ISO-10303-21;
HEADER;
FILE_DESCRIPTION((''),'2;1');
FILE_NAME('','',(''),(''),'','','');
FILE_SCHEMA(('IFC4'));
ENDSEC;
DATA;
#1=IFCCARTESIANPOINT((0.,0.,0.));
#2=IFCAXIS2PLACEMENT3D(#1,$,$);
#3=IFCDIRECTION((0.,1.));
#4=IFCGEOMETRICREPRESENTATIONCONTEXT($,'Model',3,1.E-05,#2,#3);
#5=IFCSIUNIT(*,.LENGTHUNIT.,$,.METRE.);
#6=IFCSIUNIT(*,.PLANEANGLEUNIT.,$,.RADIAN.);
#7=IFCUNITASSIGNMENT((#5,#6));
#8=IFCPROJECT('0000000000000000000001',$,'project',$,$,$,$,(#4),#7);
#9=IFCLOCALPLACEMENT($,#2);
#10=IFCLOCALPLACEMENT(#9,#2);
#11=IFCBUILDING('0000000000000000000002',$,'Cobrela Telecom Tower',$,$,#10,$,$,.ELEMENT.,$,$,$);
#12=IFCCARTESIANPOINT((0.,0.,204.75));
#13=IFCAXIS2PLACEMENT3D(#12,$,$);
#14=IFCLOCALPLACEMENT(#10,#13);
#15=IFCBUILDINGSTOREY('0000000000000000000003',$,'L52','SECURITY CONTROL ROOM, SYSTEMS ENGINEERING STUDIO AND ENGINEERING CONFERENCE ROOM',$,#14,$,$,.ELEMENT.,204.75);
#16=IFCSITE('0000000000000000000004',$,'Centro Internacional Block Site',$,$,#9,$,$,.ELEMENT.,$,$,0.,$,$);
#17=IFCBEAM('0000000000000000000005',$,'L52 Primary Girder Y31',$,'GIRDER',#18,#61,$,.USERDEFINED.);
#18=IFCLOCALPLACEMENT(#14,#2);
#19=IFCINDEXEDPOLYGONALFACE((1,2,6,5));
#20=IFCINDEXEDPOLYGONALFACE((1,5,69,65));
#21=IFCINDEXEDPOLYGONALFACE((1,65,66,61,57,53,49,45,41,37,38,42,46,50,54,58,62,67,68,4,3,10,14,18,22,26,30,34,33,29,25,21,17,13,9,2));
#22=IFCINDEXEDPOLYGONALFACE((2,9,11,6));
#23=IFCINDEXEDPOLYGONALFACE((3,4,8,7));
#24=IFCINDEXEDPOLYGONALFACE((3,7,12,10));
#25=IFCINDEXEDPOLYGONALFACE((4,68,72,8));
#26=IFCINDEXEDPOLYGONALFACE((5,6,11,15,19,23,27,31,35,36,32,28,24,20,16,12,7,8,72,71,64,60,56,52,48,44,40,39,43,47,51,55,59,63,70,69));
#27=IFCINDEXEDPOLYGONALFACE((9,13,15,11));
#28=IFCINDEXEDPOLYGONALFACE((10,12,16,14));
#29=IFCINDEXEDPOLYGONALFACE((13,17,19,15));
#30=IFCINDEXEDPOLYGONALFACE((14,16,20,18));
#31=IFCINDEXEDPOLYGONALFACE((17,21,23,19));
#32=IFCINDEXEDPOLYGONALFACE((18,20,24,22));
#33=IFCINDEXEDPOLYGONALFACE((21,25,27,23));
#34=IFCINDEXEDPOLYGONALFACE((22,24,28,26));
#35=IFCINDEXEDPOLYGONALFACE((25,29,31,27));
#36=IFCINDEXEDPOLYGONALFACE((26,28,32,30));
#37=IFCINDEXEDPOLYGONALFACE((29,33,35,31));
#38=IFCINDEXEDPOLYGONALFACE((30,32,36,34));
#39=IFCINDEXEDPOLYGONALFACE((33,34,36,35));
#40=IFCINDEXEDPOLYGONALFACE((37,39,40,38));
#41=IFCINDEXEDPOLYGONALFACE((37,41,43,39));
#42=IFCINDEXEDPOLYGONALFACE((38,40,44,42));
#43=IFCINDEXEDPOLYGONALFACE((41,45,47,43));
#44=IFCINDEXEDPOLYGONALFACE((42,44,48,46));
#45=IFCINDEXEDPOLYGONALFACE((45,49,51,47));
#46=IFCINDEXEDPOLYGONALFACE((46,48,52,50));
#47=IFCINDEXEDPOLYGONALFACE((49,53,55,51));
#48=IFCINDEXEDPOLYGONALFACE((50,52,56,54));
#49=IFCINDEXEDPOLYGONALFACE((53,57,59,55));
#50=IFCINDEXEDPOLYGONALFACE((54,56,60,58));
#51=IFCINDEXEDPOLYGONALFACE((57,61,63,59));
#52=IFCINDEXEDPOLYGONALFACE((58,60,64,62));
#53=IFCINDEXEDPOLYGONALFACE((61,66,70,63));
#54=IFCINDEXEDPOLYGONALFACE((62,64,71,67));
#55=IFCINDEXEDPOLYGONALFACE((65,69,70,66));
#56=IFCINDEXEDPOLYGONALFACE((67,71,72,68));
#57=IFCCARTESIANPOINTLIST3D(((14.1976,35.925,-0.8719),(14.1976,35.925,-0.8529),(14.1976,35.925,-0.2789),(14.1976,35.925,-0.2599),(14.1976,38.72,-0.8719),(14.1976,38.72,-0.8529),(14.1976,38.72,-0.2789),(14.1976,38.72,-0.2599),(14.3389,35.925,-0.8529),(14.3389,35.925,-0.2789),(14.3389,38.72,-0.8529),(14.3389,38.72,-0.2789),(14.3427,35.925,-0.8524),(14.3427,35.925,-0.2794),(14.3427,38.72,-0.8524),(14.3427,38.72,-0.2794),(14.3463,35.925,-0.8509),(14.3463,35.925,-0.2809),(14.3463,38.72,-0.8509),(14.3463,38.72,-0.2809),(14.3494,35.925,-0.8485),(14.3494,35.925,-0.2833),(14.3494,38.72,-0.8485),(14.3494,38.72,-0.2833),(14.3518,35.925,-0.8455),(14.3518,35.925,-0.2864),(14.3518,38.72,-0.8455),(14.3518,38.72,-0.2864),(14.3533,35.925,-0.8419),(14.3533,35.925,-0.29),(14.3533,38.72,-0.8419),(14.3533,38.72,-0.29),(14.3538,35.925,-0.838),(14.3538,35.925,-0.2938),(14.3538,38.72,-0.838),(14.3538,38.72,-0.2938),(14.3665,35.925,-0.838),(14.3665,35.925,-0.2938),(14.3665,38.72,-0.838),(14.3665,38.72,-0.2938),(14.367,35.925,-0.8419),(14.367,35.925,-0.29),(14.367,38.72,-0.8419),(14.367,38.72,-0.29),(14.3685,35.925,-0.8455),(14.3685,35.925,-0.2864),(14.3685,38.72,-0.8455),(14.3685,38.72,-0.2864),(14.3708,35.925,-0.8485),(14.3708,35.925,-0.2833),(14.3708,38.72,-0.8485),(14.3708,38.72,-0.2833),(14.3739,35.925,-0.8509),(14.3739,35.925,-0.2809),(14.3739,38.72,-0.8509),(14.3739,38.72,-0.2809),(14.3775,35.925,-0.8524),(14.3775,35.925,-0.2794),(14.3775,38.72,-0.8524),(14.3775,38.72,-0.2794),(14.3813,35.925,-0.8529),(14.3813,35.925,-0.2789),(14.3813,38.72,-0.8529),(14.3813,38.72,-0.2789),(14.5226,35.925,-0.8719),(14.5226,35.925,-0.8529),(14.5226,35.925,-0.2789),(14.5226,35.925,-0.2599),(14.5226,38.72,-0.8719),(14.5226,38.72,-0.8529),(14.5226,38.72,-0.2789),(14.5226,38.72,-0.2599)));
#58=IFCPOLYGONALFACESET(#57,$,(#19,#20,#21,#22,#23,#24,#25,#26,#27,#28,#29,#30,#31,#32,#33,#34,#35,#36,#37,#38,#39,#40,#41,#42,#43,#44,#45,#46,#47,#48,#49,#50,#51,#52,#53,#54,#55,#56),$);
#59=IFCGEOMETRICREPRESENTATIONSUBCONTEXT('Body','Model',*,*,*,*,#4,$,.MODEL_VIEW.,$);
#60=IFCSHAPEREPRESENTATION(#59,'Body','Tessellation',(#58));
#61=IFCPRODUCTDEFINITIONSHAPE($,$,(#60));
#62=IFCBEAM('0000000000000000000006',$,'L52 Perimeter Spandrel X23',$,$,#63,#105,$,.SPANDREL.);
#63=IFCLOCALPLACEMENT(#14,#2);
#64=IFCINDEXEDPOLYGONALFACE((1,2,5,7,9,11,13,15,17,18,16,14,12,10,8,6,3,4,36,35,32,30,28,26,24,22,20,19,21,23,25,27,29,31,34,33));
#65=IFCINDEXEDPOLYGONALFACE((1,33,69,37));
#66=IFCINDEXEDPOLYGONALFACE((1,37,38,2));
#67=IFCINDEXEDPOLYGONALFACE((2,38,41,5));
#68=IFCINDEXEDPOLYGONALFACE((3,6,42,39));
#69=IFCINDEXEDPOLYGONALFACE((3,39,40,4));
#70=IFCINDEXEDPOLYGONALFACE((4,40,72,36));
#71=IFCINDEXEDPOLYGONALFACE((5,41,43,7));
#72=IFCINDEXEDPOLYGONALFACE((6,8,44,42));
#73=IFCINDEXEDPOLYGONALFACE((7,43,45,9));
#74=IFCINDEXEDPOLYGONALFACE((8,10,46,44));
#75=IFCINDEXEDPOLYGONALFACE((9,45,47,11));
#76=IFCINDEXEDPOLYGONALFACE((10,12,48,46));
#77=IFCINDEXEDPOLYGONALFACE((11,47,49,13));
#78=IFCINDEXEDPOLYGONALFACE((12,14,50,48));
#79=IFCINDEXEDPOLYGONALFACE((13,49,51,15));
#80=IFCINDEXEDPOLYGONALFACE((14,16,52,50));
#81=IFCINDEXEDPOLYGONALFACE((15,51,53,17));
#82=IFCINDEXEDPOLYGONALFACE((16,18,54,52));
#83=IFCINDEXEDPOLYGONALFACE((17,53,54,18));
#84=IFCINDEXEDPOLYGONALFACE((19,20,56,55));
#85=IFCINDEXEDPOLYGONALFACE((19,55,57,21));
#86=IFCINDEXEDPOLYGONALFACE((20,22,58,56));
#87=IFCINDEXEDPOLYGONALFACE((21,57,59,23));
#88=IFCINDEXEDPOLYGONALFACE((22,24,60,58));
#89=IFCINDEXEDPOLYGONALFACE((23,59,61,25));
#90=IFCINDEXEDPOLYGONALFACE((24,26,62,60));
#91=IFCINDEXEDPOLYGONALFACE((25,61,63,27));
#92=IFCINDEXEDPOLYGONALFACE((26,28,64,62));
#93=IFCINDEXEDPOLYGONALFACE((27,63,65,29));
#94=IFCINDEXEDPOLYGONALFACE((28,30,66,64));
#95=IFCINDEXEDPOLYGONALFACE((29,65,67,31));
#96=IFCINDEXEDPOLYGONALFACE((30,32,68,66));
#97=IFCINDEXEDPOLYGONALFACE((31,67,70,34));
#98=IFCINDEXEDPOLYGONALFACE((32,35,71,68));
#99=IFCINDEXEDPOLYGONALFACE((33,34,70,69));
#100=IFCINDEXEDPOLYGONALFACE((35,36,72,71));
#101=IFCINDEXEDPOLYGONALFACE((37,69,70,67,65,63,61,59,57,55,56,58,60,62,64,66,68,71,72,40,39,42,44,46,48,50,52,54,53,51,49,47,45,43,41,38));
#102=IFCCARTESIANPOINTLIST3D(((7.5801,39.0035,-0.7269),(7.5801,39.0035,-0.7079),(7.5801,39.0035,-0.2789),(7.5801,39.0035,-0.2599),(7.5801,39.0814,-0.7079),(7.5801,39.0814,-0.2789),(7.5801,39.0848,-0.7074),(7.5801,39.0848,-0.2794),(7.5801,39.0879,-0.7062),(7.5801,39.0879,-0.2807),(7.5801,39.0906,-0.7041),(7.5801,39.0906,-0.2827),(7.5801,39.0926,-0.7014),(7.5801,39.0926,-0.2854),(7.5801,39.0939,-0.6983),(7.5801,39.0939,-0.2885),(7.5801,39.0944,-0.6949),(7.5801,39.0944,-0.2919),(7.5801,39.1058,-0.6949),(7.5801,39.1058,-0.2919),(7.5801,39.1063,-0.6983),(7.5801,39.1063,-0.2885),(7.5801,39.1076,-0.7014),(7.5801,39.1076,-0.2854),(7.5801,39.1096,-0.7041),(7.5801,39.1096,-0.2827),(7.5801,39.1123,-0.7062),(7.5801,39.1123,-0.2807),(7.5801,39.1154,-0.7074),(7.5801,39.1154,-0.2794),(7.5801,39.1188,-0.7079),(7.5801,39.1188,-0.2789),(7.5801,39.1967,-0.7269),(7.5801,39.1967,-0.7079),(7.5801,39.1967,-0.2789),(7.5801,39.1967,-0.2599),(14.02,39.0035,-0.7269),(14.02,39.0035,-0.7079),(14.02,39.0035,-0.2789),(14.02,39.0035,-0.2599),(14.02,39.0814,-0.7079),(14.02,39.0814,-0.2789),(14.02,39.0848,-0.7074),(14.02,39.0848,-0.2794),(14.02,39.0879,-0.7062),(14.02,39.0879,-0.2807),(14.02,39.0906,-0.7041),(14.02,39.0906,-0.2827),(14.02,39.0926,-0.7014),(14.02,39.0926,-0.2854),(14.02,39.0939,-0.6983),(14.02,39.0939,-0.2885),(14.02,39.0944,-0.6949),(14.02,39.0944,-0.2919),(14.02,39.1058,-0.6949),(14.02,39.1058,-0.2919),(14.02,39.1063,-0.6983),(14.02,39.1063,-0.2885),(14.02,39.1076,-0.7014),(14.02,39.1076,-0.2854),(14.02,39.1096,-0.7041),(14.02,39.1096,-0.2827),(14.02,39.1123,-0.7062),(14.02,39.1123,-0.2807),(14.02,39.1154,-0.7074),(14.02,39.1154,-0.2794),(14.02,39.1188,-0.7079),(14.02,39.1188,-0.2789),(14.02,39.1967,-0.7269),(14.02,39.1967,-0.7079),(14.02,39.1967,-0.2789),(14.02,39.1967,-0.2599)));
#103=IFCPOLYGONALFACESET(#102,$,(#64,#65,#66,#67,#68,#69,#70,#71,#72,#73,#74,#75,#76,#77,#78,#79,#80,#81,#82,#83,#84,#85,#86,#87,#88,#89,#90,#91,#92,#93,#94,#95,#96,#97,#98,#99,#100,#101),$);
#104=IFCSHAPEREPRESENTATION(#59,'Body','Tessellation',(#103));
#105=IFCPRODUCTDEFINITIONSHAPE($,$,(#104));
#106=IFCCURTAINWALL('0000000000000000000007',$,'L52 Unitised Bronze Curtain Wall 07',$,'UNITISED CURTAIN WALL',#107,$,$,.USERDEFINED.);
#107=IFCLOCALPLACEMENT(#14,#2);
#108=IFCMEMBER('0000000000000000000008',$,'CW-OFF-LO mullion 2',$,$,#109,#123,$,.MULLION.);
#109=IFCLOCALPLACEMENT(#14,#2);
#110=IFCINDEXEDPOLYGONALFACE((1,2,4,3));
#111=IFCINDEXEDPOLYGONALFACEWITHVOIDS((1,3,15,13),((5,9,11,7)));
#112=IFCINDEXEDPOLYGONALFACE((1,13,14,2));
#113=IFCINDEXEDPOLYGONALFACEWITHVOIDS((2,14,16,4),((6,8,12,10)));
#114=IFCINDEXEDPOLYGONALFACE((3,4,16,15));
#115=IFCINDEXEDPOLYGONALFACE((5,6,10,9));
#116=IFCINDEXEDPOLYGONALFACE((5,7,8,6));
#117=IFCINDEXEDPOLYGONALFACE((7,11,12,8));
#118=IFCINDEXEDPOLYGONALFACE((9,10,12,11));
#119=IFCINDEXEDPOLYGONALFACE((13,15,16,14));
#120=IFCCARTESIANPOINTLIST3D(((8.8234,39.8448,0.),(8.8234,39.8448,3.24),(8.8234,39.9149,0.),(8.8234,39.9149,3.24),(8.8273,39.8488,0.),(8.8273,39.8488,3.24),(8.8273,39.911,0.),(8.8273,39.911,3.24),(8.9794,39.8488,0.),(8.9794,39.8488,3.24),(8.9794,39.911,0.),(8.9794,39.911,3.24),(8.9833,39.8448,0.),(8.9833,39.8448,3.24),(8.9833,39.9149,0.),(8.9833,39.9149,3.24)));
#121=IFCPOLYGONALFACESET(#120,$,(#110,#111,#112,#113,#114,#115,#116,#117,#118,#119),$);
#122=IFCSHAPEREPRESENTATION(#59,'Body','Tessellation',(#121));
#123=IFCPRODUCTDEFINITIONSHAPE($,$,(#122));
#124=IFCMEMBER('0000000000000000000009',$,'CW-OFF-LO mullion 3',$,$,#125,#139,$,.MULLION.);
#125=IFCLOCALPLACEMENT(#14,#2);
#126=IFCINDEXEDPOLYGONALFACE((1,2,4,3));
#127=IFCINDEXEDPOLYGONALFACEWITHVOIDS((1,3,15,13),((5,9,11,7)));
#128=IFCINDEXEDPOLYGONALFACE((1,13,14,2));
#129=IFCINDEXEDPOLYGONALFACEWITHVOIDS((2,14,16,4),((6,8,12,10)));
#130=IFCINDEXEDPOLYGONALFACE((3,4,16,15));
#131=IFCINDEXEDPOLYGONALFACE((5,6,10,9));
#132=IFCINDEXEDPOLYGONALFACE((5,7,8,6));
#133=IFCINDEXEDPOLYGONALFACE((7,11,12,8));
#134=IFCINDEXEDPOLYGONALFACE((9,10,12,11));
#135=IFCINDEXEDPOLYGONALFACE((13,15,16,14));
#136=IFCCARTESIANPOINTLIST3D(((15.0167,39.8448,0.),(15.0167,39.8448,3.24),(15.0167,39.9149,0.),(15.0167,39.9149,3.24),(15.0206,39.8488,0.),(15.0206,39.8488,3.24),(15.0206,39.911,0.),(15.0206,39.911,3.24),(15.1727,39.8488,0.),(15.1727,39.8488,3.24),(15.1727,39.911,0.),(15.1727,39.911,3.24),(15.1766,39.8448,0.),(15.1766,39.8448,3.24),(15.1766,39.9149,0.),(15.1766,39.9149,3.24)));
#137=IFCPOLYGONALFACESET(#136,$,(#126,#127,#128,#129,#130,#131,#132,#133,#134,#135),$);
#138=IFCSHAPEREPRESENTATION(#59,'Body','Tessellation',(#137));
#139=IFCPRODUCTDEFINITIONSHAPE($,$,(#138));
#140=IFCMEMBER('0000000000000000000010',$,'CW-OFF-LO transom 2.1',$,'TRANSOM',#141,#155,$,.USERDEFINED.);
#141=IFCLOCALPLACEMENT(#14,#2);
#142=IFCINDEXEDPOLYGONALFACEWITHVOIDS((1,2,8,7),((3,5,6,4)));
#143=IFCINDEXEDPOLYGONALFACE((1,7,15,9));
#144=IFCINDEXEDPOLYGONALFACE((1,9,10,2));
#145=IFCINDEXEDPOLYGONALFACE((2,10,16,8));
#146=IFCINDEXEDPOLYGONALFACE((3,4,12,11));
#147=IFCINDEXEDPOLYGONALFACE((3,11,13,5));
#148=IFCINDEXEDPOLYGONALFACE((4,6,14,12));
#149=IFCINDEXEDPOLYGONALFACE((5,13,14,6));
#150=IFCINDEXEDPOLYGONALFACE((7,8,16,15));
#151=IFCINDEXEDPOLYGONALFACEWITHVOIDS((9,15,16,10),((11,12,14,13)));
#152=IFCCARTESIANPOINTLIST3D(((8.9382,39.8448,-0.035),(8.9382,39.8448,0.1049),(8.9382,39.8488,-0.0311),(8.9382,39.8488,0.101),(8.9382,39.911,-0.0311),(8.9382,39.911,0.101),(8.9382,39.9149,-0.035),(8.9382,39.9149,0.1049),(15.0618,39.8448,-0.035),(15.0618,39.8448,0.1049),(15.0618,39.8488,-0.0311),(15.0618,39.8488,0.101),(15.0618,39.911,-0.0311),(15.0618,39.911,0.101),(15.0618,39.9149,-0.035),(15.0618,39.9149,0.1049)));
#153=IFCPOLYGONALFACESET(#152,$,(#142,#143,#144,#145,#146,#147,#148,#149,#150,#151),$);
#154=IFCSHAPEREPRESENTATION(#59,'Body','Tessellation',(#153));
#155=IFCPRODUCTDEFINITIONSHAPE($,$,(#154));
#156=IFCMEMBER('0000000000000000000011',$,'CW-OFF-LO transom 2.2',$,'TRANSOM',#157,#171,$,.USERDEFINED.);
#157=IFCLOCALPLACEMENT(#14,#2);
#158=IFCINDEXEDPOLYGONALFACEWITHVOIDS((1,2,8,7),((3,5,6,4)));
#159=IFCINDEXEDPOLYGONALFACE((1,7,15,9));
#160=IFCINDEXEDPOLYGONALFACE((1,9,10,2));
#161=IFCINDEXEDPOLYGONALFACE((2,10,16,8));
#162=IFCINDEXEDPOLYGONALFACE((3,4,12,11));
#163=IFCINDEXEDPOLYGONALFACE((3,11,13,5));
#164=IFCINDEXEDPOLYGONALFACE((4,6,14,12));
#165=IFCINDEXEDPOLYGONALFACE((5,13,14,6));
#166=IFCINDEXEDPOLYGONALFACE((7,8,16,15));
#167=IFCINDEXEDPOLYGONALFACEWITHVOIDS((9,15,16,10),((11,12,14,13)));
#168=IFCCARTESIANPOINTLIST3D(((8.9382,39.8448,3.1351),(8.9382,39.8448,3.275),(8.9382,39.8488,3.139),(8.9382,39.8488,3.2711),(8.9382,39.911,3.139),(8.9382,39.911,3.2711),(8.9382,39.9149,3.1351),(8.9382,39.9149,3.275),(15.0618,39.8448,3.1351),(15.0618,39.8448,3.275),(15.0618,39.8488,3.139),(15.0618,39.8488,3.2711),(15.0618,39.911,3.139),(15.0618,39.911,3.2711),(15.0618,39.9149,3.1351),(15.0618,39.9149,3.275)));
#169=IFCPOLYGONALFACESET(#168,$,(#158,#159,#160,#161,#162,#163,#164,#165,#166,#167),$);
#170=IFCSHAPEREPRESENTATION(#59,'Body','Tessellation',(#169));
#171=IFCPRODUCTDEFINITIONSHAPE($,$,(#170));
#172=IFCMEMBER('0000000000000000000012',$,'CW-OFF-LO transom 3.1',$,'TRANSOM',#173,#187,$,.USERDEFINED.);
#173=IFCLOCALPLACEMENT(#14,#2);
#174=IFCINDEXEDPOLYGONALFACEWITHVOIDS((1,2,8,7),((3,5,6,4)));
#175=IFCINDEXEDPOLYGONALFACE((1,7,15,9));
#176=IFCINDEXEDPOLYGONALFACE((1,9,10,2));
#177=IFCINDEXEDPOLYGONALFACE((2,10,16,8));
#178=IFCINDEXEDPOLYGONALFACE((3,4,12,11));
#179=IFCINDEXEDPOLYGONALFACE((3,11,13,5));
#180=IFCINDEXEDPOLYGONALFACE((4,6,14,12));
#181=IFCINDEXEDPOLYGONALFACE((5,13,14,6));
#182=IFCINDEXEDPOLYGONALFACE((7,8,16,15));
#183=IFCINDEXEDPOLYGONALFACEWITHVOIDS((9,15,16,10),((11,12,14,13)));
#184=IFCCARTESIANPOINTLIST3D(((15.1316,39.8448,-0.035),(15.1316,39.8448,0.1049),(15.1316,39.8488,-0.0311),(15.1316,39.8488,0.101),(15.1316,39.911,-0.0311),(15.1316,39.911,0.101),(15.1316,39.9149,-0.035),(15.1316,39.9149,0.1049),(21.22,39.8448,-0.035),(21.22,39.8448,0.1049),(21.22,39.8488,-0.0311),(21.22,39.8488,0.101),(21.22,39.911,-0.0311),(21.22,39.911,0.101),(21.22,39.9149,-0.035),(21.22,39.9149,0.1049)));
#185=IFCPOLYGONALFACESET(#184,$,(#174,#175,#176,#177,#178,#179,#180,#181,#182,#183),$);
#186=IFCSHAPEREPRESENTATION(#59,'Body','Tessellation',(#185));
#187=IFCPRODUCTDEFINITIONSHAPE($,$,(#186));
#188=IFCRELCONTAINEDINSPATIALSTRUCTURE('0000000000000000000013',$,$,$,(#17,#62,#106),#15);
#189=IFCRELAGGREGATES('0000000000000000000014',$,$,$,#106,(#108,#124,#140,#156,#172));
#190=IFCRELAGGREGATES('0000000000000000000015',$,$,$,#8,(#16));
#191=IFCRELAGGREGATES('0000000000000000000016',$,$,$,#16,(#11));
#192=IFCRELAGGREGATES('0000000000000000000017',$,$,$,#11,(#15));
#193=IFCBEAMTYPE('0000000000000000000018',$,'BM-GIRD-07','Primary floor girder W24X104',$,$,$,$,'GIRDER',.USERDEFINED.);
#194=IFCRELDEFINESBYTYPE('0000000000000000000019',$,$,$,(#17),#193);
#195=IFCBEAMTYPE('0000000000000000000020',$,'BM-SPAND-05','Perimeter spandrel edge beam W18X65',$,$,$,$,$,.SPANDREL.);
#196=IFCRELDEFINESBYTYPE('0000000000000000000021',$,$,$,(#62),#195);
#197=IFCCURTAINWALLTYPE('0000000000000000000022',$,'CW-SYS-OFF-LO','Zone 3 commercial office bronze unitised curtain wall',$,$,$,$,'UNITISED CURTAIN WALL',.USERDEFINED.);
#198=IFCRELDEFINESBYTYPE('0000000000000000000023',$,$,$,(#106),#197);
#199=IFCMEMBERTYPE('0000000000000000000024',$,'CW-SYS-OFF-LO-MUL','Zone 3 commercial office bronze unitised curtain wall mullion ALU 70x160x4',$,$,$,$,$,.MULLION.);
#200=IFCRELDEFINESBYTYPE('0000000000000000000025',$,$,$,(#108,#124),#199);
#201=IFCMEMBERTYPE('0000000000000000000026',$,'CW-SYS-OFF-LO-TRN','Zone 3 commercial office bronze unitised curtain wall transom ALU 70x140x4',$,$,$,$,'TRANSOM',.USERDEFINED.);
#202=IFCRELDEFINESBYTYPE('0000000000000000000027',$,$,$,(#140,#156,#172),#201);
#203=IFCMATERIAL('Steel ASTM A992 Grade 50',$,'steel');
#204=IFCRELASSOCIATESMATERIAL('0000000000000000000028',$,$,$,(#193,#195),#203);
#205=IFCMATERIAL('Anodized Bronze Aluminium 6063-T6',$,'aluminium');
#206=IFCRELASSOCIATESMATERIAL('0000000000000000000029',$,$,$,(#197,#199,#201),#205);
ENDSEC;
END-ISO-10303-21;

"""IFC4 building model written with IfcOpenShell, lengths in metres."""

from ifc_helpers import new_model, si_unit, direction, frame, origin, origin_2d, place, context, subcontext, project, spatial, hollow_rectangle, i_section, extrude, material, material_profile, profile_set, type_object, element, aggregate, save


model = new_model("IFC4")

# Units and contexts
model_context = context("Model", 3, precision=1e-05, world=origin(), true_north=direction((0.0, 1.0)))
body_context = subcontext(model_context, "Body", "Model", "MODEL_VIEW")
ifc_project = project(units=[si_unit("LENGTHUNIT", "METRE"), si_unit("PLANEANGLEUNIT", "RADIAN")], contexts=[model_context])

# Site, building, storey
site_placement = place(None, origin())
site = spatial("IfcSite", under=ifc_project, at=site_placement, Name="Centro Internacional Block Site", CompositionType="ELEMENT", RefElevation=0.0)
building_placement = place(site_placement, origin())
building = spatial("IfcBuilding", under=site, at=building_placement, Name="Cobrela Telecom Tower", CompositionType="ELEMENT")
storey_placement = place(building_placement, frame((0.0, 0.0, 204.75)))
storey = spatial("IfcBuildingStorey", under=building, at=storey_placement, Name="L52", Description="SECURITY CONTROL ROOM, SYSTEMS ENGINEERING STUDIO AND ENGINEERING CONFERENCE ROOM", CompositionType="ELEMENT", Elevation=204.75)

# Beams
ifc_material_1 = material(Name="Steel ASTM A992 Grade 50", Category="steel")
ifc_material_profile_1 = material_profile(ifc_material_1, i_section(OverallWidth=0.325, OverallDepth=0.6121, WebThickness=0.0127, FlangeThickness=0.019, FilletRadius=0.0149, at=origin_2d()), Name="W24X104")
ifc_profile_set_1 = profile_set([ifc_material_profile_1], Name="Steel ASTM A992 Grade 50")
beam_type_1 = type_object("IfcBeamType", Name="BM-GIRD-07", Description="Primary floor girder W24X104", ElementType="GIRDER", PredefinedType="USERDEFINED", material=ifc_profile_set_1)
for number, where, z_axis, x_axis, name in (
    (1, (14.3601, 35.925, -0.5659), (0.0, 1.0, 0.0), (-1.0, 0.0, 0.0), "L52 Primary Girder Y31"),
):
    element("IfcBeam", number, at=place(storey_placement, frame(where, z_axis=z_axis, x_axis=x_axis)), inside=storey, type_object=beam_type_1, Name=name, ObjectType="GIRDER", PredefinedType="USERDEFINED", context=body_context, shape_type="SweptSolid", body=[
        extrude(i_section(OverallWidth=0.325, OverallDepth=0.6121, WebThickness=0.0127, FlangeThickness=0.019, FilletRadius=0.0149, at=origin_2d()), origin(), (0.0, 0.0, 1.0), 2.7949),
    ])
ifc_material_profile_2 = material_profile(ifc_material_1, i_section(OverallWidth=0.1931, OverallDepth=0.467, WebThickness=0.0115, FlangeThickness=0.019, FilletRadius=0.0129, at=origin_2d()), Name="W18X65")
ifc_profile_set_2 = profile_set([ifc_material_profile_2], Name="Steel ASTM A992 Grade 50")
beam_type_2 = type_object("IfcBeamType", Name="BM-SPAND-05", Description="Perimeter spandrel edge beam W18X65", PredefinedType="SPANDREL", material=ifc_profile_set_2)
beam_1_placement = place(storey_placement, frame((7.5801, 39.1001, -0.4934), z_axis=(1.0, 0.0, 0.0), x_axis=(0.0, 1.0, 0.0)))
element("IfcBeam", 2, at=beam_1_placement, inside=storey, type_object=beam_type_2, Name="L52 Perimeter Spandrel X23", PredefinedType="SPANDREL", context=body_context, shape_type="SweptSolid", body=[
    extrude(i_section(OverallWidth=0.1931, OverallDepth=0.467, WebThickness=0.0115, FlangeThickness=0.019, FilletRadius=0.0129, at=origin_2d()), origin(), (0.0, 0.0, 1.0), 6.4399),
])

# Curtain wall, members
ifc_material_2 = material(Name="Anodized Bronze Aluminium 6063-T6", Category="aluminium")
curtain_wall_type = type_object("IfcCurtainWallType", Name="CW-SYS-OFF-LO", Description="Zone 3 commercial office bronze unitised curtain wall", ElementType="UNITISED CURTAIN WALL", PredefinedType="USERDEFINED", material=ifc_material_2)
curtain_wall_placement = place(storey_placement, origin())
curtain_wall = element("IfcCurtainWall", 3, at=curtain_wall_placement, inside=storey, type_object=curtain_wall_type, Name="L52 Unitised Bronze Curtain Wall 07", ObjectType="UNITISED CURTAIN WALL", PredefinedType="USERDEFINED")
ifc_material_profile_3 = material_profile(ifc_material_2, hollow_rectangle(XDim=0.0701, YDim=0.1599, WallThickness=0.0039, at=origin_2d()), Name="ALU 70x160x4")
ifc_profile_set_3 = profile_set([ifc_material_profile_3], Name="Anodized Bronze Aluminium 6063-T6")
member_type_1 = type_object("IfcMemberType", Name="CW-SYS-OFF-LO-MUL", Description="Zone 3 commercial office bronze unitised curtain wall mullion ALU 70x160x4", PredefinedType="MULLION", material=ifc_profile_set_3)
member_1_placement = place(storey_placement, frame((8.9033, 39.8799, 0.0), z_axis=(0.0, 0.0, 1.0), x_axis=(0.0, 1.0, 0.0)))
member_1 = element("IfcMember", 4, at=member_1_placement, type_object=member_type_1, Name="CW-OFF-LO mullion 2", PredefinedType="MULLION", context=body_context, shape_type="SweptSolid", body=[
    extrude(hollow_rectangle(XDim=0.0701, YDim=0.1599, WallThickness=0.0039, at=origin_2d()), origin(), (0.0, 0.0, 1.0), 3.24),
])
member_2_placement = place(storey_placement, frame((15.0967, 39.8799, 0.0), z_axis=(0.0, 0.0, 1.0), x_axis=(0.0, 1.0, 0.0)))
member_2 = element("IfcMember", 5, at=member_2_placement, type_object=member_type_1, Name="CW-OFF-LO mullion 3", PredefinedType="MULLION", context=body_context, shape_type="SweptSolid", body=[
    extrude(hollow_rectangle(XDim=0.0701, YDim=0.1599, WallThickness=0.0039, at=origin_2d()), origin(), (0.0, 0.0, 1.0), 3.24),
])
ifc_material_profile_4 = material_profile(ifc_material_2, hollow_rectangle(XDim=0.0701, YDim=0.1399, WallThickness=0.0039, at=origin_2d()), Name="ALU 70x140x4")
ifc_profile_set_4 = profile_set([ifc_material_profile_4], Name="Anodized Bronze Aluminium 6063-T6")
member_type_2 = type_object("IfcMemberType", Name="CW-SYS-OFF-LO-TRN", Description="Zone 3 commercial office bronze unitised curtain wall transom ALU 70x140x4", ElementType="TRANSOM", PredefinedType="USERDEFINED", material=ifc_profile_set_4)
member_3_placement = place(storey_placement, frame((8.9382, 39.8799, 0.0349), z_axis=(1.0, 0.0, 0.0), x_axis=(0.0, 1.0, 0.0)))
member_3 = element("IfcMember", 6, at=member_3_placement, type_object=member_type_2, Name="CW-OFF-LO transom 2.1", ObjectType="TRANSOM", PredefinedType="USERDEFINED", context=body_context, shape_type="SweptSolid", body=[
    extrude(hollow_rectangle(XDim=0.0701, YDim=0.1399, WallThickness=0.0039, at=origin_2d()), origin(), (0.0, 0.0, 1.0), 6.1235),
])
member_4_placement = place(storey_placement, frame((8.9382, 39.8799, 3.2051), z_axis=(1.0, 0.0, 0.0), x_axis=(0.0, 1.0, 0.0)))
member_4 = element("IfcMember", 7, at=member_4_placement, type_object=member_type_2, Name="CW-OFF-LO transom 2.2", ObjectType="TRANSOM", PredefinedType="USERDEFINED", context=body_context, shape_type="SweptSolid", body=[
    extrude(hollow_rectangle(XDim=0.0701, YDim=0.1399, WallThickness=0.0039, at=origin_2d()), origin(), (0.0, 0.0, 1.0), 6.1235),
])
member_5_placement = place(storey_placement, frame((15.1316, 39.8799, 0.0349), z_axis=(1.0, 0.0, 0.0), x_axis=(0.0, 1.0, 0.0)))
member_5 = element("IfcMember", 8, at=member_5_placement, type_object=member_type_2, Name="CW-OFF-LO transom 3.1", ObjectType="TRANSOM", PredefinedType="USERDEFINED", context=body_context, shape_type="SweptSolid", body=[
    extrude(hollow_rectangle(XDim=0.0701, YDim=0.1399, WallThickness=0.0039, at=origin_2d()), origin(), (0.0, 0.0, 1.0), 6.0884),
])
aggregate(curtain_wall, [member_1, member_2, member_3, member_4, member_5])

save(model, "model.ifc")
